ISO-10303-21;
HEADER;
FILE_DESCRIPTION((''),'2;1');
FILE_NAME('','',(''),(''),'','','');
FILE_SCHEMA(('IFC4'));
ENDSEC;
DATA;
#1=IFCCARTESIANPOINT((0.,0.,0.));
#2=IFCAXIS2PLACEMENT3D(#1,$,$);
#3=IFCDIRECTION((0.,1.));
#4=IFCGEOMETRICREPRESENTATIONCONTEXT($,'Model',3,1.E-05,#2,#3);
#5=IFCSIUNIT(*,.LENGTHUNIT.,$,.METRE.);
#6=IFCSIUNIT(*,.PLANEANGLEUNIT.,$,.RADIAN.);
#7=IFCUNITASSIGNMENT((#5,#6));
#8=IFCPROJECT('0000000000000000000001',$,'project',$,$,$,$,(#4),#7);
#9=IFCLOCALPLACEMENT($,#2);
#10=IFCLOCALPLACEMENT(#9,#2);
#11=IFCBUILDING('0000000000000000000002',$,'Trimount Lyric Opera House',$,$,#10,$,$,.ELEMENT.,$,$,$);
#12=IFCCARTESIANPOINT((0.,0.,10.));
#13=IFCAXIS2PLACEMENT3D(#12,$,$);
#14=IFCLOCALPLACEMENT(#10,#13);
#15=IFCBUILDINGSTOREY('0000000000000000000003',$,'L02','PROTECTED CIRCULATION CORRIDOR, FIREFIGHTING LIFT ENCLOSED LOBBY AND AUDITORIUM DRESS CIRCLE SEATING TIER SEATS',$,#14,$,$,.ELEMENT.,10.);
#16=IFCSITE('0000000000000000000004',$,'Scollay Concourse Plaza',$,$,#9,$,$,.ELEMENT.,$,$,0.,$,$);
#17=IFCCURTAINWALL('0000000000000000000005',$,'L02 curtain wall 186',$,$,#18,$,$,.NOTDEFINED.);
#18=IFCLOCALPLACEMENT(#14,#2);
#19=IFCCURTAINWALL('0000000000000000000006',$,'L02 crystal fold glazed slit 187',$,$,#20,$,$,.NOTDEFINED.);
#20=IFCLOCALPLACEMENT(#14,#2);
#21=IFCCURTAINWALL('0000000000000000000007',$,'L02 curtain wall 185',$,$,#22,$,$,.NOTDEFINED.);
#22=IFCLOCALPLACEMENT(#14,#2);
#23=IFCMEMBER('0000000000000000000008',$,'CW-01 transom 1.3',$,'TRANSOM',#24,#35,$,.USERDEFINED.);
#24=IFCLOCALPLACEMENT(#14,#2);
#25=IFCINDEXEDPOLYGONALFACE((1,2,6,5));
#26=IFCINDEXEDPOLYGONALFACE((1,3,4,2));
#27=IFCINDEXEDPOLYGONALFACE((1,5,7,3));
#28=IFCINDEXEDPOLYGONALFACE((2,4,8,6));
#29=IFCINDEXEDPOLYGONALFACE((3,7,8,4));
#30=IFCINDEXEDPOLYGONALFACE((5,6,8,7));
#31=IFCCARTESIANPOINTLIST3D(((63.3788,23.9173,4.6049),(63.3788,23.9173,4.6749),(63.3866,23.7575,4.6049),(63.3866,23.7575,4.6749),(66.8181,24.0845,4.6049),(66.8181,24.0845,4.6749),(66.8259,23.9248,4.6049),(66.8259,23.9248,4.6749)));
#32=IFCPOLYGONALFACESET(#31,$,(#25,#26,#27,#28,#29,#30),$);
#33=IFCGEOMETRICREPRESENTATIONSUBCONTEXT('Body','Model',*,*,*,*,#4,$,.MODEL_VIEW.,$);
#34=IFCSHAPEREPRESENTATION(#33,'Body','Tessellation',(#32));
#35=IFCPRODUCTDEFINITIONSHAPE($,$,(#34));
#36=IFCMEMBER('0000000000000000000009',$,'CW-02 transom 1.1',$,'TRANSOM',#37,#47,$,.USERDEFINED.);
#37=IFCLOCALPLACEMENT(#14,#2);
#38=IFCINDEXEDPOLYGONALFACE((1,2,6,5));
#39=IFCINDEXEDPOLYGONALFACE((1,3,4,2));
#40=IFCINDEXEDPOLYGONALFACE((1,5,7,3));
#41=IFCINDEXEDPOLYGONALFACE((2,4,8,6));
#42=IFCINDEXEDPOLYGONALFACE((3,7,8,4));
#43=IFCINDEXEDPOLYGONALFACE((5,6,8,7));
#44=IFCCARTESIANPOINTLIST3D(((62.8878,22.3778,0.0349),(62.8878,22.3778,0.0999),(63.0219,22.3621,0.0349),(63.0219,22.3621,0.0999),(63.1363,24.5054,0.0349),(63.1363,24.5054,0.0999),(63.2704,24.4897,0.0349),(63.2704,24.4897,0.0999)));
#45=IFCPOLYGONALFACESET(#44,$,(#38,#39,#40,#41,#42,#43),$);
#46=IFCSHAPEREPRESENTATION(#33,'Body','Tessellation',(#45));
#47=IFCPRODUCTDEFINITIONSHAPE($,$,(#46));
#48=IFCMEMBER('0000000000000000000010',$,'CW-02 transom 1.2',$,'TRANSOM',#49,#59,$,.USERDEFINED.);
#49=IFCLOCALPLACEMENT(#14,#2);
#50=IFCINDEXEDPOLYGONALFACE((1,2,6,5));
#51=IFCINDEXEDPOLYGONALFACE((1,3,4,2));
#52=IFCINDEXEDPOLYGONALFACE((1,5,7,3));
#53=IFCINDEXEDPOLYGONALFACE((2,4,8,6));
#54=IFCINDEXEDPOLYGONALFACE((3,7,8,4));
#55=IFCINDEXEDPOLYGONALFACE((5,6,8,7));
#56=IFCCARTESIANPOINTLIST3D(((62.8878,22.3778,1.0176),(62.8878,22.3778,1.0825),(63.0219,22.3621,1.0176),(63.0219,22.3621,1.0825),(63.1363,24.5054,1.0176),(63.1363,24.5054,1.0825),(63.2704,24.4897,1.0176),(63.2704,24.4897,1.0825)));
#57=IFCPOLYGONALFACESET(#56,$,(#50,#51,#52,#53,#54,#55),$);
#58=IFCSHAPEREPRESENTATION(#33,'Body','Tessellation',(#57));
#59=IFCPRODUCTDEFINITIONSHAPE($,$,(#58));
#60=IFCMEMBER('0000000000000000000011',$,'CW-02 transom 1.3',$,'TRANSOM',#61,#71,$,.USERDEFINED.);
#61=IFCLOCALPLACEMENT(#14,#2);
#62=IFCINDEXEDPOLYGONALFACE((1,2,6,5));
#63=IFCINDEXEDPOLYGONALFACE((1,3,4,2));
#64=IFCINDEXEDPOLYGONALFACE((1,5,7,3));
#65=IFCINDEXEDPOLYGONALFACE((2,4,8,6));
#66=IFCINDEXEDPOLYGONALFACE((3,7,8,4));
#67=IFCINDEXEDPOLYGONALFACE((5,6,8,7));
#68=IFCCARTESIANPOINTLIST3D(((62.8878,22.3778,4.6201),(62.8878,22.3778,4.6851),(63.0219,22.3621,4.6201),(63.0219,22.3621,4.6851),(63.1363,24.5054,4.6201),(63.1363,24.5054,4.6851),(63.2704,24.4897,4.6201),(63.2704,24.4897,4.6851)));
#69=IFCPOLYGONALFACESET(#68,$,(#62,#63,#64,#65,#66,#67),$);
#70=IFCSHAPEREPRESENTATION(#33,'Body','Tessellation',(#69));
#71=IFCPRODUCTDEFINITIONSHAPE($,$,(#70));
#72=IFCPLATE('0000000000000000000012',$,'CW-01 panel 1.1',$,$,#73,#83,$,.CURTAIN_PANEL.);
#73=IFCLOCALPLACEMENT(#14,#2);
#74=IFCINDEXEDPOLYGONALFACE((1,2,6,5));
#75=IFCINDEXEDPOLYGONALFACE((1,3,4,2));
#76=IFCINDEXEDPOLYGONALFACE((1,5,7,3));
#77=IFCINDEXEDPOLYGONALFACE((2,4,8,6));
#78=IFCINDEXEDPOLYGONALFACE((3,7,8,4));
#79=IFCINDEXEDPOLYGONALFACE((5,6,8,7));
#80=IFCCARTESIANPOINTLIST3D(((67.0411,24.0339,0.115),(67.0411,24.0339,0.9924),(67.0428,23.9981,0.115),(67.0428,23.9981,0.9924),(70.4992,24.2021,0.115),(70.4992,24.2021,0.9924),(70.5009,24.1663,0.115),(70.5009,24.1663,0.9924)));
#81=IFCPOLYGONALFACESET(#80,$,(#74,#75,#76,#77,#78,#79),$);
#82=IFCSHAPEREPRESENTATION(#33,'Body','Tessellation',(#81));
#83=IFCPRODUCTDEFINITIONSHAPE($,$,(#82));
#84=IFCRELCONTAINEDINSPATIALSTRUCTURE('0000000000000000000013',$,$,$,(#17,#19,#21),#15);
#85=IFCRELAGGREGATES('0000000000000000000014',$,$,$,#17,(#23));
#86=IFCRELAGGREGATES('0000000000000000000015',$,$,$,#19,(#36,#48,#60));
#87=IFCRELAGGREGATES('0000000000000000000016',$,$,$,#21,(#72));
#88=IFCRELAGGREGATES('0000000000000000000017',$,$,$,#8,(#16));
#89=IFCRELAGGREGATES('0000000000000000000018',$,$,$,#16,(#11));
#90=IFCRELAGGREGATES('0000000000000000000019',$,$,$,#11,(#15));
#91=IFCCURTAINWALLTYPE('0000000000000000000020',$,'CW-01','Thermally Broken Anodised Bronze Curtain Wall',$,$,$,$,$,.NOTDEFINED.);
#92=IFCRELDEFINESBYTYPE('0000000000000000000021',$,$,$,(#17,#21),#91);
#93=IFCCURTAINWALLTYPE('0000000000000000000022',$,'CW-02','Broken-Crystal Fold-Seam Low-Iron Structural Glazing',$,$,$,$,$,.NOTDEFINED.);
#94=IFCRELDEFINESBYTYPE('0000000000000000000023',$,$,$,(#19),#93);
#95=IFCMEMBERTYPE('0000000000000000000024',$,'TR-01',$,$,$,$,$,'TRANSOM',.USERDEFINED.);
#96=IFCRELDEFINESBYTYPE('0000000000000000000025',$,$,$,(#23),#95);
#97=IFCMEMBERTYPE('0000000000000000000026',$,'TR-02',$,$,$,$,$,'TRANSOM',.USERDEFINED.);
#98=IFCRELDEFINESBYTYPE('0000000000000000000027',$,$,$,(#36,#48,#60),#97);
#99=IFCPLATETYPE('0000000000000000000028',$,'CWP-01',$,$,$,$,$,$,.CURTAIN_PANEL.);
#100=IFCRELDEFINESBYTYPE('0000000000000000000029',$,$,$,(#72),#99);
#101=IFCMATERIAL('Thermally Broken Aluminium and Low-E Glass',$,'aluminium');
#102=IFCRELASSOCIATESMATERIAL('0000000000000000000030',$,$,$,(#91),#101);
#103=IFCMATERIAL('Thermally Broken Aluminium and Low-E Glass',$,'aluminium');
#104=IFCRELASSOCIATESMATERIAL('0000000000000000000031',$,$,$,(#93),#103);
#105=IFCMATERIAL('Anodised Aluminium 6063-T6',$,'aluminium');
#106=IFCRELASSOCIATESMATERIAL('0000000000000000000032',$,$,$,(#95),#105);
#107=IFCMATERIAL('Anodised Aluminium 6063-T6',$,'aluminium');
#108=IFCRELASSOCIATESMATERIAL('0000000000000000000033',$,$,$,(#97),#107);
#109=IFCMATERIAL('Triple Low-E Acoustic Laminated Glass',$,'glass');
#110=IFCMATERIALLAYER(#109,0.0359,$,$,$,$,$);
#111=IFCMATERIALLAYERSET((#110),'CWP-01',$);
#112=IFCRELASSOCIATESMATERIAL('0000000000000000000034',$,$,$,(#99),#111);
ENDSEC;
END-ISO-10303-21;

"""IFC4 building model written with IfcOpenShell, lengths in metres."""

from ifc_helpers import new_model, si_unit, direction, frame, origin, origin_2d, place, context, subcontext, project, spatial, rectangle, extrude, material, layer, layer_set, material_profile, profile_set, type_object, element, aggregate, save


model = new_model("IFC4")

# Units and contexts
model_context = context("Model", 3, precision=1e-05, world=origin(), true_north=direction((0.0, 1.0)))
body_context = subcontext(model_context, "Body", "Model", "MODEL_VIEW")
ifc_project = project(units=[si_unit("LENGTHUNIT", "METRE"), si_unit("PLANEANGLEUNIT", "RADIAN")], contexts=[model_context])

# Site, building, storey
site_placement = place(None, origin())
site = spatial("IfcSite", under=ifc_project, at=site_placement, Name="Scollay Concourse Plaza", CompositionType="ELEMENT", RefElevation=0.0)
building_placement = place(site_placement, origin())
building = spatial("IfcBuilding", under=site, at=building_placement, Name="Trimount Lyric Opera House", CompositionType="ELEMENT")
storey_placement = place(building_placement, frame((0.0, 0.0, 10.0)))
storey = spatial("IfcBuildingStorey", under=building, at=storey_placement, Name="L02", Description="PROTECTED CIRCULATION CORRIDOR, FIREFIGHTING LIFT ENCLOSED LOBBY AND AUDITORIUM DRESS CIRCLE SEATING TIER SEATS", CompositionType="ELEMENT", Elevation=10.0)

# Curtain walls
ifc_material_1 = material(Name="Thermally Broken Aluminium and Low-E Glass", Category="aluminium")
curtain_wall_type_1 = type_object("IfcCurtainWallType", Name="CW-01", Description="Thermally Broken Anodised Bronze Curtain Wall", PredefinedType="NOTDEFINED", material=ifc_material_1)
curtain_wall_1_placement = place(storey_placement, origin())
curtain_wall_1 = element("IfcCurtainWall", 1, at=curtain_wall_1_placement, inside=storey, type_object=curtain_wall_type_1, Name="L02 curtain wall 186", PredefinedType="NOTDEFINED")
ifc_material_2 = material(Name="Thermally Broken Aluminium and Low-E Glass", Category="aluminium")
curtain_wall_type_2 = type_object("IfcCurtainWallType", Name="CW-02", Description="Broken-Crystal Fold-Seam Low-Iron Structural Glazing", PredefinedType="NOTDEFINED", material=ifc_material_2)
curtain_wall_2_placement = place(storey_placement, origin())
curtain_wall_2 = element("IfcCurtainWall", 2, at=curtain_wall_2_placement, inside=storey, type_object=curtain_wall_type_2, Name="L02 crystal fold glazed slit 187", PredefinedType="NOTDEFINED")
curtain_wall_3_placement = place(storey_placement, origin())
curtain_wall_3 = element("IfcCurtainWall", 3, at=curtain_wall_3_placement, inside=storey, type_object=curtain_wall_type_1, Name="L02 curtain wall 185", PredefinedType="NOTDEFINED")

# Members
ifc_material_3 = material(Name="Anodised Aluminium 6063-T6", Category="aluminium")
ifc_material_profile_1 = material_profile(ifc_material_3, rectangle(XDim=0.1599, YDim=0.0701, at=origin_2d()), Name="ALU-TRAN-70X160")
ifc_profile_set_1 = profile_set([ifc_material_profile_1], Name="Anodised Aluminium 6063-T6")
member_type_1 = type_object("IfcMemberType", Name="TR-01", ElementType="TRANSOM", PredefinedType="USERDEFINED", material=ifc_profile_set_1)
member_1_placement = place(storey_placement, frame((66.822, 24.0046, 4.6399), z_axis=(-0.99882, -0.048569, 0.0), x_axis=(0.048569, -0.99882, 0.0)))
member_1 = element("IfcMember", 4, at=member_1_placement, type_object=member_type_1, Name="CW-01 transom 1.3", ObjectType="TRANSOM", PredefinedType="USERDEFINED", context=body_context, shape_type="SweptSolid", body=[
    extrude(rectangle(XDim=0.1599, YDim=0.0701, at=origin_2d()), origin(), (0.0, 0.0, 1.0), 3.4434),
])
aggregate(curtain_wall_1, [member_1])
ifc_material_4 = material(Name="Anodised Aluminium 6063-T6", Category="aluminium")
ifc_material_profile_2 = material_profile(ifc_material_4, rectangle(XDim=0.135, YDim=0.0649, at=origin_2d()), Name="ALU-TRAN-65X135")
ifc_profile_set_2 = profile_set([ifc_material_profile_2], Name="Anodised Aluminium 6063-T6")
member_type_2 = type_object("IfcMemberType", Name="TR-02", ElementType="TRANSOM", PredefinedType="USERDEFINED", material=ifc_profile_set_2)
member_2_placement = place(storey_placement, frame((63.2034, 24.4976, 0.0674), z_axis=(-0.116021, -0.993247, 0.0), x_axis=(0.993247, -0.116021, 0.0)))
member_2 = element("IfcMember", 5, at=member_2_placement, type_object=member_type_2, Name="CW-02 transom 1.1", ObjectType="TRANSOM", PredefinedType="USERDEFINED", context=body_context, shape_type="SweptSolid", body=[
    extrude(rectangle(XDim=0.135, YDim=0.0649, at=origin_2d()), origin(), (0.0, 0.0, 1.0), 2.1421),
])
member_3_placement = place(storey_placement, frame((63.2034, 24.4976, 1.05), z_axis=(-0.116021, -0.993247, 0.0), x_axis=(0.993247, -0.116021, 0.0)))
member_3 = element("IfcMember", 6, at=member_3_placement, type_object=member_type_2, Name="CW-02 transom 1.2", ObjectType="TRANSOM", PredefinedType="USERDEFINED", context=body_context, shape_type="SweptSolid", body=[
    extrude(rectangle(XDim=0.135, YDim=0.0649, at=origin_2d()), origin(), (0.0, 0.0, 1.0), 2.1421),
])
member_4_placement = place(storey_placement, frame((63.2034, 24.4976, 4.6526), z_axis=(-0.116021, -0.993247, 0.0), x_axis=(0.993247, -0.116021, 0.0)))
member_4 = element("IfcMember", 7, at=member_4_placement, type_object=member_type_2, Name="CW-02 transom 1.3", ObjectType="TRANSOM", PredefinedType="USERDEFINED", context=body_context, shape_type="SweptSolid", body=[
    extrude(rectangle(XDim=0.135, YDim=0.0649, at=origin_2d()), origin(), (0.0, 0.0, 1.0), 2.1421),
])
aggregate(curtain_wall_2, [member_2, member_3, member_4])

# Plate
ifc_material_5 = material(Name="Triple Low-E Acoustic Laminated Glass", Category="glass")
ifc_layer = layer(ifc_material_5, 0.0359)
ifc_layer_set = layer_set([ifc_layer], Name="CWP-01")
plate_type = type_object("IfcPlateType", Name="CWP-01", PredefinedType="CURTAIN_PANEL", material=ifc_layer_set)
plate_placement = place(storey_placement, frame((68.771, 24.1001, 0.115), z_axis=(0.0, 0.0, 1.0), x_axis=(-0.99882, -0.048573, 0.0)))
plate = element("IfcPlate", 8, at=plate_placement, type_object=plate_type, Name="CW-01 panel 1.1", PredefinedType="CURTAIN_PANEL", context=body_context, shape_type="SweptSolid", body=[
    extrude(rectangle(XDim=3.4622, YDim=0.0359, at=origin_2d()), origin(), (0.0, 0.0, 1.0), 0.8774),
])
aggregate(curtain_wall_3, [plate])

save(model, "model.ifc")
